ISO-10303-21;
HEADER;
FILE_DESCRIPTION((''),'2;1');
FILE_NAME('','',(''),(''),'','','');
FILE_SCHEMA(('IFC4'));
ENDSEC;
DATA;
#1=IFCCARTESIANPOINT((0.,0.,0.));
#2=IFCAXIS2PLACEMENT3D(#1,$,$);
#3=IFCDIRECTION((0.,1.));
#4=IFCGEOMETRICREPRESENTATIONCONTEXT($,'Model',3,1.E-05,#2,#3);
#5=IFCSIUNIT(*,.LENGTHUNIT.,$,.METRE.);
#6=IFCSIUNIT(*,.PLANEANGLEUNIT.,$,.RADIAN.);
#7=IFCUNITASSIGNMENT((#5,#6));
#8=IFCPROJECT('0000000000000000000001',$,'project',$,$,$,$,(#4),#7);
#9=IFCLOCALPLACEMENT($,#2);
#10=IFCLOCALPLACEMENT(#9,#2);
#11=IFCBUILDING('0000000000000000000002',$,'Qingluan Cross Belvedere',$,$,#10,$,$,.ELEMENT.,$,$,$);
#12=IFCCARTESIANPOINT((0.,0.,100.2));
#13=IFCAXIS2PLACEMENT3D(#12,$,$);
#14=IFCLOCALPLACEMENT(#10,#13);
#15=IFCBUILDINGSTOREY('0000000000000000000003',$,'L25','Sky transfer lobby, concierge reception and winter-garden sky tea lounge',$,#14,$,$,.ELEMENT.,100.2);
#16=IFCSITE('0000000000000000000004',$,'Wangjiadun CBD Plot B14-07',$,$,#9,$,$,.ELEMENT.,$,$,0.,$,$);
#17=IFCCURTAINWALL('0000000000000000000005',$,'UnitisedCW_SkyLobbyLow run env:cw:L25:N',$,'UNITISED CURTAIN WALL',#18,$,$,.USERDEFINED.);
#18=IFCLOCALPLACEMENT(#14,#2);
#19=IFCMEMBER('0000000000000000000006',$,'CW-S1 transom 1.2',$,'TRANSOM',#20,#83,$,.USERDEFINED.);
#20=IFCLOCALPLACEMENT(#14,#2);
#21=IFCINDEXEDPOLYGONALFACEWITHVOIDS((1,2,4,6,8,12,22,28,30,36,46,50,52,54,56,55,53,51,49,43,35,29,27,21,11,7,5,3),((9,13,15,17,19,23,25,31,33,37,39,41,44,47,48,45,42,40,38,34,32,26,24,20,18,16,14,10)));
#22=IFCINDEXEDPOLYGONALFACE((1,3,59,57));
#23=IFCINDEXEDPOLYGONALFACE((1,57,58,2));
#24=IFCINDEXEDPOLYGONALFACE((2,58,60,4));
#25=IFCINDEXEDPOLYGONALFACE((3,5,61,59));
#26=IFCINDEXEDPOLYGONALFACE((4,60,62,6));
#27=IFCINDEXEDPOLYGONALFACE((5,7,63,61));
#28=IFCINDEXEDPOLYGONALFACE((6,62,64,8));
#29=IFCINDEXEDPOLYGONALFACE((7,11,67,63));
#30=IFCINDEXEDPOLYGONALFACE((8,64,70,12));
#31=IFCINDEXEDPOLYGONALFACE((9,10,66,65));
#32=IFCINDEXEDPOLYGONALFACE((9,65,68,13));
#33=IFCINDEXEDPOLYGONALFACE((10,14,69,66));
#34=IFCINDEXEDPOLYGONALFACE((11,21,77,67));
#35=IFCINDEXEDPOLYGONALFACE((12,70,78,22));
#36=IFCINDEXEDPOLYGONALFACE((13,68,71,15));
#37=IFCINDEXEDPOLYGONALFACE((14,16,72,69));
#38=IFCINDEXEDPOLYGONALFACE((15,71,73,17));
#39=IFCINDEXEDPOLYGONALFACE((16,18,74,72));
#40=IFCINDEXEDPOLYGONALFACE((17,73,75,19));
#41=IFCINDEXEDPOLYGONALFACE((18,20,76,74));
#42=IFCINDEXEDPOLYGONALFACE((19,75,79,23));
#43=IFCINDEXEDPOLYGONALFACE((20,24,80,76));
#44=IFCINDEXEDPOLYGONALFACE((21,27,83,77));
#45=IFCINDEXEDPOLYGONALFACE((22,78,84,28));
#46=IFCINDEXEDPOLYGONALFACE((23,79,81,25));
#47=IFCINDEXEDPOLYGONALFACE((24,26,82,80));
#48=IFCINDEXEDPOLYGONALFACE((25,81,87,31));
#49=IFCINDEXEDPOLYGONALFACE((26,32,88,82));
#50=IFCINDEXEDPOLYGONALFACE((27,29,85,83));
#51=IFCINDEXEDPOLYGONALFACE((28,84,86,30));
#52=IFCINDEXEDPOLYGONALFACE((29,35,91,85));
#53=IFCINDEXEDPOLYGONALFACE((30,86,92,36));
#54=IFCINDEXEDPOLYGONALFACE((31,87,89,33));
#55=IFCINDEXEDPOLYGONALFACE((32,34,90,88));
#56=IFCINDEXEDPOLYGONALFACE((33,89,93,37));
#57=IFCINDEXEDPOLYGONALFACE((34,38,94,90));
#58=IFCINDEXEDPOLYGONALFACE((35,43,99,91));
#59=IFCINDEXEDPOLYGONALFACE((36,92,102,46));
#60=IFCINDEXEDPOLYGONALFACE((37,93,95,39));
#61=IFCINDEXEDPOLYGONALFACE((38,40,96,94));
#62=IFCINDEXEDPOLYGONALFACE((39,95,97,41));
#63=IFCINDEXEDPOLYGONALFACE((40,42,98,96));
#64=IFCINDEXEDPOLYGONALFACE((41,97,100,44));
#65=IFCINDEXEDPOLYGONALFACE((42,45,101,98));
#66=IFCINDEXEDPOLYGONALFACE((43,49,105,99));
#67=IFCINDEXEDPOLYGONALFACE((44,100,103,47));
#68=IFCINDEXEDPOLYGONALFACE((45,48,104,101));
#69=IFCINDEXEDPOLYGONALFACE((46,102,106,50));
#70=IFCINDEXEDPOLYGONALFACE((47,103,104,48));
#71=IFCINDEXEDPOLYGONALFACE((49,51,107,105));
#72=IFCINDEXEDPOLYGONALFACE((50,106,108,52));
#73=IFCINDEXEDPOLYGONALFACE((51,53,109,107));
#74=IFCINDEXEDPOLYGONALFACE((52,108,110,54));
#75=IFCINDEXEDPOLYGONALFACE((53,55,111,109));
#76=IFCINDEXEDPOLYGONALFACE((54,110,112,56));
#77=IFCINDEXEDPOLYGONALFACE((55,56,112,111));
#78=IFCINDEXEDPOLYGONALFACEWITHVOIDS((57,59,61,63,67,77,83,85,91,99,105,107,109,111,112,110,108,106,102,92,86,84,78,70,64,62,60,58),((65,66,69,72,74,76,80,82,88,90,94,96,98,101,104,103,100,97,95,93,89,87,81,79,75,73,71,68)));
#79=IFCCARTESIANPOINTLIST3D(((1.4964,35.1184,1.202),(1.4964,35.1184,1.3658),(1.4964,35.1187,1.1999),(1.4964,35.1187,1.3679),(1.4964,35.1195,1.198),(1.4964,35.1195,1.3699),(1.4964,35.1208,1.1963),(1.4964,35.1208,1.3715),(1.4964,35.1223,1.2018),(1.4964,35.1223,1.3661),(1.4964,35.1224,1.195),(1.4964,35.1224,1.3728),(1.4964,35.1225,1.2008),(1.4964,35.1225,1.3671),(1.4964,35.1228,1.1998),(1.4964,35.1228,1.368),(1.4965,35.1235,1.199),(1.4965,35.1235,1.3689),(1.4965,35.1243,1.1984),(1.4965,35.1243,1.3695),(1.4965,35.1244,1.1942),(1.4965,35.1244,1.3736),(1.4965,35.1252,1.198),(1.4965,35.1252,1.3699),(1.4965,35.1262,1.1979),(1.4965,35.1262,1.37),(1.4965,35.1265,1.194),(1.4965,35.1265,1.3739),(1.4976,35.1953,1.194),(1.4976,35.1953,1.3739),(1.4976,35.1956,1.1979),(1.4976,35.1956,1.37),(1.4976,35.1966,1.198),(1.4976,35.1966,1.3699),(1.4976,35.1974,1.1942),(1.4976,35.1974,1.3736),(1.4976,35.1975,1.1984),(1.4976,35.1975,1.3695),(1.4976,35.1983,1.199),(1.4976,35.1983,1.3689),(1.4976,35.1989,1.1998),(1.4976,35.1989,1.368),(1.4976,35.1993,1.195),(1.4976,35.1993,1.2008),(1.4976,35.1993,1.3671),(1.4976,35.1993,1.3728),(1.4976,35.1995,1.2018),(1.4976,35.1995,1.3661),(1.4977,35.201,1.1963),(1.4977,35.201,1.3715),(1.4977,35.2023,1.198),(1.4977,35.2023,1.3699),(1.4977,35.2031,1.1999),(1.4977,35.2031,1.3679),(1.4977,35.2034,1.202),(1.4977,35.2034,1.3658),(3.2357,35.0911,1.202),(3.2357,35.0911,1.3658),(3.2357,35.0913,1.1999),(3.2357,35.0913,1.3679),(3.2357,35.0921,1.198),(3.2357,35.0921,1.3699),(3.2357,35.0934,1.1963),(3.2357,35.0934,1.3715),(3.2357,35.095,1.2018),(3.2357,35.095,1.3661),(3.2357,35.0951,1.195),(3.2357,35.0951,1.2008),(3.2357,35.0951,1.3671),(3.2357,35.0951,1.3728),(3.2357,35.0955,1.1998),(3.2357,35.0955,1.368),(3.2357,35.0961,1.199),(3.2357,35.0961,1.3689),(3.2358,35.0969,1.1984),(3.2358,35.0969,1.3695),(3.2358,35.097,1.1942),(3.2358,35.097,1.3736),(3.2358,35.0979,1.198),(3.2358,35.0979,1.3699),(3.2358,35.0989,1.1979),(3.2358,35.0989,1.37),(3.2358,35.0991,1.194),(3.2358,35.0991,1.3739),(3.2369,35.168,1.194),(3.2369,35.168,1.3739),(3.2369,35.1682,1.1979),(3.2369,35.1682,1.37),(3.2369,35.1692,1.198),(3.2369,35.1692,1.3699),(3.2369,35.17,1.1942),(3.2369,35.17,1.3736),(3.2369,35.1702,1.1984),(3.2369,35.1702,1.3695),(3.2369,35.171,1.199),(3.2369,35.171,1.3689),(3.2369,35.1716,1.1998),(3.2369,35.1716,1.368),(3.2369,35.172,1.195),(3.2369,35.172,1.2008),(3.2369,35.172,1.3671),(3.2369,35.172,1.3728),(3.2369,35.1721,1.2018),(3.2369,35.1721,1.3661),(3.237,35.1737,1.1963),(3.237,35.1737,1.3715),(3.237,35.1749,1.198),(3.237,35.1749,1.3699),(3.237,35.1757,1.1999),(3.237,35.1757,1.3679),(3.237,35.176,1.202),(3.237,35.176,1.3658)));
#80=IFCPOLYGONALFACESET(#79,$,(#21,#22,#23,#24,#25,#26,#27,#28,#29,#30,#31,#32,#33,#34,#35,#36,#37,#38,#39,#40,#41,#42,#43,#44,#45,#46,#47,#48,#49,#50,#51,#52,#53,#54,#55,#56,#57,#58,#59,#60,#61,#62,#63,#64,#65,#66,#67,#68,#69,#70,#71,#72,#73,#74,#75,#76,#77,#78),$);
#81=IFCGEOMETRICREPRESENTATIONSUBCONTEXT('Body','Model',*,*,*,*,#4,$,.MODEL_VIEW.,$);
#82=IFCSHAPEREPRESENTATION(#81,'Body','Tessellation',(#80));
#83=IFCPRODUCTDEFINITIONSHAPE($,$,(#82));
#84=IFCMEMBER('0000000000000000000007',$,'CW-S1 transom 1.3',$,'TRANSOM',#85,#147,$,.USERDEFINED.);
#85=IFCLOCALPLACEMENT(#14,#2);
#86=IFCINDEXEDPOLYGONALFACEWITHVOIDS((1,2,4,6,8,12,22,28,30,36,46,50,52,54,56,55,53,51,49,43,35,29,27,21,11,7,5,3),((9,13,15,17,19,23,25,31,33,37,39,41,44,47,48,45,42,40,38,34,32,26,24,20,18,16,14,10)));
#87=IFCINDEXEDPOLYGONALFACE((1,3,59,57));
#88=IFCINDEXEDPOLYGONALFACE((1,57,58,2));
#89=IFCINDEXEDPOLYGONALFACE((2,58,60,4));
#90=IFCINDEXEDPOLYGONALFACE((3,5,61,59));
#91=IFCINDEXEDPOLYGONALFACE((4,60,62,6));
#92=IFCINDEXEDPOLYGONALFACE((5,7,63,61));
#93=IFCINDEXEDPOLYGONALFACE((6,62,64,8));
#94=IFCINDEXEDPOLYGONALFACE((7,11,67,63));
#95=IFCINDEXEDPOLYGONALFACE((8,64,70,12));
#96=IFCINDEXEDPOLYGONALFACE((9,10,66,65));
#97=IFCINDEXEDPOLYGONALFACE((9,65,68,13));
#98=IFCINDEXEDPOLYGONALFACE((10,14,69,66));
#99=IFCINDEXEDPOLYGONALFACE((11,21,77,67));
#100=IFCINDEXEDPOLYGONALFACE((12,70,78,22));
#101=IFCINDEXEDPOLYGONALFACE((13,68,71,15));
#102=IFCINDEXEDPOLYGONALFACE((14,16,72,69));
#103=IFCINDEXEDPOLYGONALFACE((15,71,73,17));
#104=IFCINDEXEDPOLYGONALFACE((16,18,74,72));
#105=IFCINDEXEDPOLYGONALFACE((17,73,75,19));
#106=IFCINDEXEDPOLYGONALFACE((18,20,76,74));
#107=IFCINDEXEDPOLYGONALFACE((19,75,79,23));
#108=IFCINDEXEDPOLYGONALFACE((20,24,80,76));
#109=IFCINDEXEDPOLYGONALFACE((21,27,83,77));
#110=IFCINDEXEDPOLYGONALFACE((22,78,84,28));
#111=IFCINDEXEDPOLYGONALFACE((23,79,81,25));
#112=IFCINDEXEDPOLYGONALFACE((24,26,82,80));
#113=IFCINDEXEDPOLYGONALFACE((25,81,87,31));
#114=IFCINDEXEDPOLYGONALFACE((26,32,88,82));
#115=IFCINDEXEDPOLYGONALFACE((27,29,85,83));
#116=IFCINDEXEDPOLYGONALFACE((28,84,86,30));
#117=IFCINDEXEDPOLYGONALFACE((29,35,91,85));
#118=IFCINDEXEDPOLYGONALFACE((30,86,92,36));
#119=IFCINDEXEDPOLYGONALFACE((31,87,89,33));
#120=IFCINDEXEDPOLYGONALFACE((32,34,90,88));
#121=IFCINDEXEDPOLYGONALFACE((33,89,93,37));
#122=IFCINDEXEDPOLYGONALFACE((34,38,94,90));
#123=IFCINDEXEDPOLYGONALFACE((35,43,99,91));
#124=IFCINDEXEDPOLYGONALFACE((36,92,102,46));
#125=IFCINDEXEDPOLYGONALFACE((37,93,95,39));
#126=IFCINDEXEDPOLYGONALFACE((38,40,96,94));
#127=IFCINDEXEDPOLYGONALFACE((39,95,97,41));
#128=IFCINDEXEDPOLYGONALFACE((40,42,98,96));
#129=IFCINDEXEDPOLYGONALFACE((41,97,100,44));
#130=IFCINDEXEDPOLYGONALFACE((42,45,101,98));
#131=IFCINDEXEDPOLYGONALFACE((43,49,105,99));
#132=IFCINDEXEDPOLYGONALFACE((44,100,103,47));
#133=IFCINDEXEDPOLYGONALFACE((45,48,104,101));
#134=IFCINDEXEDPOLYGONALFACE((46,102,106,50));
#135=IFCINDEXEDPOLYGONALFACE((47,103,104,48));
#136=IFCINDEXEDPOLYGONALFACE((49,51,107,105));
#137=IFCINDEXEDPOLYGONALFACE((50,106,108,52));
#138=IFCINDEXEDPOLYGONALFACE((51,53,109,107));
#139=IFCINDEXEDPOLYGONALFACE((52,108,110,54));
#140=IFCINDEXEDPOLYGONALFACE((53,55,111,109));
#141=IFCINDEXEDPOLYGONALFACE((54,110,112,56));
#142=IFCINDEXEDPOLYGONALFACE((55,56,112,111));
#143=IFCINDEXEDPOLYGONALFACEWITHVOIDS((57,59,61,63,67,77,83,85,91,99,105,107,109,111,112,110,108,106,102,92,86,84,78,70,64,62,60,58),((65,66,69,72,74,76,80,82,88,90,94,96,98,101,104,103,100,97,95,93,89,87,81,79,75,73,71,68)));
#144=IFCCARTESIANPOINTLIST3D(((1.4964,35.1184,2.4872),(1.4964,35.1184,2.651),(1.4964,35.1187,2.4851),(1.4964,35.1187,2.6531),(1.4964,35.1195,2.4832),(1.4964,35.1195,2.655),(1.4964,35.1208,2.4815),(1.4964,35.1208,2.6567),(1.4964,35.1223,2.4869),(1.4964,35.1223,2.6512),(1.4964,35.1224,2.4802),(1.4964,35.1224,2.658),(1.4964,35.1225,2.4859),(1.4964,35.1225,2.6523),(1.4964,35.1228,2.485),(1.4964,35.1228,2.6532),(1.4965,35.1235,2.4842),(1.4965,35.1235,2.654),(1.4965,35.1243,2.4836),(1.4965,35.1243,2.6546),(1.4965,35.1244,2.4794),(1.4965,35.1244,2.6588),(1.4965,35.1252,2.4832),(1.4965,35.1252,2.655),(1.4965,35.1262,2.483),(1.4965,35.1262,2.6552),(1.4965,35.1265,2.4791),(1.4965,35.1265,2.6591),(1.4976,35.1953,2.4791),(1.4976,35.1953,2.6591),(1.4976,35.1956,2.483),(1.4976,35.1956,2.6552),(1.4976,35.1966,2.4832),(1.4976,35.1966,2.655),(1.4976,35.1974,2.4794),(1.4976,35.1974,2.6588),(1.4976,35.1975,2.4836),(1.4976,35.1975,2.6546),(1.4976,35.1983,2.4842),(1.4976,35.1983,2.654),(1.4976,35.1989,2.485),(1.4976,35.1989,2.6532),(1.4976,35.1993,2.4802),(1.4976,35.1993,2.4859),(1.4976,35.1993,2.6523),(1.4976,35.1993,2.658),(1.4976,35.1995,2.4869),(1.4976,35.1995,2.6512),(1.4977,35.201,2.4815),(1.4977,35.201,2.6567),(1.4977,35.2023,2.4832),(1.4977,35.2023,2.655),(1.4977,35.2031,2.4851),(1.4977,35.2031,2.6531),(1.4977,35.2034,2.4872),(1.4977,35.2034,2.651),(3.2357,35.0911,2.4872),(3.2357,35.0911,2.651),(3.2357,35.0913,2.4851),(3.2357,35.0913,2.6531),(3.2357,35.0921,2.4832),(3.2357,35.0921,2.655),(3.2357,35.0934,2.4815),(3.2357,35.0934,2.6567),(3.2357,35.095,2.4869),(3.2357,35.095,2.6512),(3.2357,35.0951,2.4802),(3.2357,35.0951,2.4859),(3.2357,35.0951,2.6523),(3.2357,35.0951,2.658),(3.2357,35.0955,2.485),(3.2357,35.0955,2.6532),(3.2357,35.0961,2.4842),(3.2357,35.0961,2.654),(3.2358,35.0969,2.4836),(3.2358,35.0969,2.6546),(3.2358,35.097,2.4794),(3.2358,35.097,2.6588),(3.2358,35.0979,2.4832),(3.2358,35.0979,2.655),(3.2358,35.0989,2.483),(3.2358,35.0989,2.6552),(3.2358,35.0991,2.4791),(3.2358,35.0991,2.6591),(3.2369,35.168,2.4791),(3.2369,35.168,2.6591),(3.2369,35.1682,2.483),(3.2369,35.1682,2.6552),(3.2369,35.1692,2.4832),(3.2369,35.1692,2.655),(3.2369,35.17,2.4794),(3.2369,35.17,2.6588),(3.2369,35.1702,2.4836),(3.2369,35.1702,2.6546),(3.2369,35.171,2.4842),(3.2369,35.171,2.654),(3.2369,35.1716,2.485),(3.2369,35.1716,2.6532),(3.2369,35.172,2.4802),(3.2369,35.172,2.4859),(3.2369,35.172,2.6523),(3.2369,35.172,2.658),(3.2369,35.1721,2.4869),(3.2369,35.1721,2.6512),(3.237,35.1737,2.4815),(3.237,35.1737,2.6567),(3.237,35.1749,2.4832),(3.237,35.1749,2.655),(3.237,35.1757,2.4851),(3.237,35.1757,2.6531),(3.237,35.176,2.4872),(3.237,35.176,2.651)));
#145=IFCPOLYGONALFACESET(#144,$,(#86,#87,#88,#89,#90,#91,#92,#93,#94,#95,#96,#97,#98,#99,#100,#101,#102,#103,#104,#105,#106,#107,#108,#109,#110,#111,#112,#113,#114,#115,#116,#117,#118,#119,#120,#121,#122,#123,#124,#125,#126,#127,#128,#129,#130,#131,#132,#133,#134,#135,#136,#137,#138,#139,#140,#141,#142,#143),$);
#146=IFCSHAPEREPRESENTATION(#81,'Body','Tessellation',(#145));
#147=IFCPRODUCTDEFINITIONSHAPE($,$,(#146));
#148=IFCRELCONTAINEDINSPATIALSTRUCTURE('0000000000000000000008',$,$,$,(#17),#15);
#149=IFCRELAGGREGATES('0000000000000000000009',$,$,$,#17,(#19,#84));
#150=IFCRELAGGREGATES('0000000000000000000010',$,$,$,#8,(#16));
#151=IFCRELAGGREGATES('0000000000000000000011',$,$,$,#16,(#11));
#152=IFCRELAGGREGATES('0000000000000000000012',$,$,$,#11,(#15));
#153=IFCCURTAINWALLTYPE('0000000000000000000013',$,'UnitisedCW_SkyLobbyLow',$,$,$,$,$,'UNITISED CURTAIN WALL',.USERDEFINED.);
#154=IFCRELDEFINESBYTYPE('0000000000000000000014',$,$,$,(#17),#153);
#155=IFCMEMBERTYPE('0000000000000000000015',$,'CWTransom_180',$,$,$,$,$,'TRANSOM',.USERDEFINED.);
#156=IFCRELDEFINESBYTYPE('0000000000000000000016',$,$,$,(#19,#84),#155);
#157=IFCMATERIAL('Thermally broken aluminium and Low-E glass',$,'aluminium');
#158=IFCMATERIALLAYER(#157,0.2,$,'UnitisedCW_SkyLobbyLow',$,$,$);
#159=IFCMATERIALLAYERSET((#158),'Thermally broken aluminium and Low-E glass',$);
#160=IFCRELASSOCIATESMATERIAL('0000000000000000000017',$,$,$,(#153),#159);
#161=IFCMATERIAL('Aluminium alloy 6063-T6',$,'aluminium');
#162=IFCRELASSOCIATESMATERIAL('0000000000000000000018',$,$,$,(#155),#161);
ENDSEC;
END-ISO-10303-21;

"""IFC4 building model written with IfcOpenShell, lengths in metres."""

from ifc_helpers import new_model, si_unit, direction, frame, origin, origin_2d, place, context, subcontext, project, spatial, hollow_rectangle, extrude, material, layer, layer_set, material_profile, profile_set, type_object, element, aggregate, save


model = new_model("IFC4")

# Units and contexts
model_context = context("Model", 3, precision=1e-05, world=origin(), true_north=direction((0.0, 1.0)))
body_context = subcontext(model_context, "Body", "Model", "MODEL_VIEW")
ifc_project = project(units=[si_unit("LENGTHUNIT", "METRE"), si_unit("PLANEANGLEUNIT", "RADIAN")], contexts=[model_context])

# Site, building, storey
site_placement = place(None, origin())
site = spatial("IfcSite", under=ifc_project, at=site_placement, Name="Wangjiadun CBD Plot B14-07", CompositionType="ELEMENT", RefElevation=0.0)
building_placement = place(site_placement, origin())
building = spatial("IfcBuilding", under=site, at=building_placement, Name="Qingluan Cross Belvedere", CompositionType="ELEMENT")
storey_placement = place(building_placement, frame((0.0, 0.0, 100.2)))
storey = spatial("IfcBuildingStorey", under=building, at=storey_placement, Name="L25", Description="Sky transfer lobby, concierge reception and winter-garden sky tea lounge", CompositionType="ELEMENT", Elevation=100.2)

# Curtain wall, members
ifc_material_1 = material(Name="Thermally broken aluminium and Low-E glass", Category="aluminium")
ifc_layer_1 = layer(ifc_material_1, 0.2, Name="UnitisedCW_SkyLobbyLow")
ifc_layer_set_1 = layer_set([ifc_layer_1], Name="Thermally broken aluminium and Low-E glass")
curtain_wall_type = type_object("IfcCurtainWallType", Name="UnitisedCW_SkyLobbyLow", ElementType="UNITISED CURTAIN WALL", PredefinedType="USERDEFINED", material=ifc_layer_set_1)
curtain_wall_placement = place(storey_placement, origin())
curtain_wall = element("IfcCurtainWall", 1, at=curtain_wall_placement, inside=storey, type_object=curtain_wall_type, Name="UnitisedCW_SkyLobbyLow run env:cw:L25:N", ObjectType="UNITISED CURTAIN WALL", PredefinedType="USERDEFINED")
ifc_material_2 = material(Name="Aluminium alloy 6063-T6", Category="aluminium")
ifc_material_profile_1 = material_profile(ifc_material_2, hollow_rectangle(XDim=0.085, YDim=0.1799, WallThickness=0.0039, InnerFilletRadius=0.0039, OuterFilletRadius=0.0081, at=origin_2d()), Name="CWT180x85x4")
ifc_profile_set_1 = profile_set([ifc_material_profile_1], Name="Aluminium alloy 6063-T6")
member_type_1 = type_object("IfcMemberType", Name="CWTransom_180", ElementType="TRANSOM", PredefinedType="USERDEFINED", material=ifc_profile_set_1)
member_1_placement = place(storey_placement, frame((3.2363, 35.1335, 1.2839), z_axis=(-0.999876, 0.01572, 0.0), x_axis=(-0.01572, -0.999876, 0.0)))
member_1 = element("IfcMember", 2, at=member_1_placement, type_object=member_type_1, Name="CW-S1 transom 1.2", ObjectType="TRANSOM", PredefinedType="USERDEFINED", context=body_context, shape_type="SweptSolid", body=[
    extrude(hollow_rectangle(XDim=0.085, YDim=0.1799, WallThickness=0.0039, InnerFilletRadius=0.0039, OuterFilletRadius=0.0081, at=origin_2d()), origin(), (0.0, 0.0, 1.0), 1.7395),
])
member_2_placement = place(storey_placement, frame((3.2363, 35.1335, 2.5691), z_axis=(-0.999876, 0.01572, 0.0), x_axis=(-0.01572, -0.999876, 0.0)))
member_2 = element("IfcMember", 3, at=member_2_placement, type_object=member_type_1, Name="CW-S1 transom 1.3", ObjectType="TRANSOM", PredefinedType="USERDEFINED", context=body_context, shape_type="SweptSolid", body=[
    extrude(hollow_rectangle(XDim=0.085, YDim=0.1799, WallThickness=0.0039, InnerFilletRadius=0.0039, OuterFilletRadius=0.0081, at=origin_2d()), origin(), (0.0, 0.0, 1.0), 1.7395),
])
aggregate(curtain_wall, [member_1, member_2])

save(model, "model.ifc")
